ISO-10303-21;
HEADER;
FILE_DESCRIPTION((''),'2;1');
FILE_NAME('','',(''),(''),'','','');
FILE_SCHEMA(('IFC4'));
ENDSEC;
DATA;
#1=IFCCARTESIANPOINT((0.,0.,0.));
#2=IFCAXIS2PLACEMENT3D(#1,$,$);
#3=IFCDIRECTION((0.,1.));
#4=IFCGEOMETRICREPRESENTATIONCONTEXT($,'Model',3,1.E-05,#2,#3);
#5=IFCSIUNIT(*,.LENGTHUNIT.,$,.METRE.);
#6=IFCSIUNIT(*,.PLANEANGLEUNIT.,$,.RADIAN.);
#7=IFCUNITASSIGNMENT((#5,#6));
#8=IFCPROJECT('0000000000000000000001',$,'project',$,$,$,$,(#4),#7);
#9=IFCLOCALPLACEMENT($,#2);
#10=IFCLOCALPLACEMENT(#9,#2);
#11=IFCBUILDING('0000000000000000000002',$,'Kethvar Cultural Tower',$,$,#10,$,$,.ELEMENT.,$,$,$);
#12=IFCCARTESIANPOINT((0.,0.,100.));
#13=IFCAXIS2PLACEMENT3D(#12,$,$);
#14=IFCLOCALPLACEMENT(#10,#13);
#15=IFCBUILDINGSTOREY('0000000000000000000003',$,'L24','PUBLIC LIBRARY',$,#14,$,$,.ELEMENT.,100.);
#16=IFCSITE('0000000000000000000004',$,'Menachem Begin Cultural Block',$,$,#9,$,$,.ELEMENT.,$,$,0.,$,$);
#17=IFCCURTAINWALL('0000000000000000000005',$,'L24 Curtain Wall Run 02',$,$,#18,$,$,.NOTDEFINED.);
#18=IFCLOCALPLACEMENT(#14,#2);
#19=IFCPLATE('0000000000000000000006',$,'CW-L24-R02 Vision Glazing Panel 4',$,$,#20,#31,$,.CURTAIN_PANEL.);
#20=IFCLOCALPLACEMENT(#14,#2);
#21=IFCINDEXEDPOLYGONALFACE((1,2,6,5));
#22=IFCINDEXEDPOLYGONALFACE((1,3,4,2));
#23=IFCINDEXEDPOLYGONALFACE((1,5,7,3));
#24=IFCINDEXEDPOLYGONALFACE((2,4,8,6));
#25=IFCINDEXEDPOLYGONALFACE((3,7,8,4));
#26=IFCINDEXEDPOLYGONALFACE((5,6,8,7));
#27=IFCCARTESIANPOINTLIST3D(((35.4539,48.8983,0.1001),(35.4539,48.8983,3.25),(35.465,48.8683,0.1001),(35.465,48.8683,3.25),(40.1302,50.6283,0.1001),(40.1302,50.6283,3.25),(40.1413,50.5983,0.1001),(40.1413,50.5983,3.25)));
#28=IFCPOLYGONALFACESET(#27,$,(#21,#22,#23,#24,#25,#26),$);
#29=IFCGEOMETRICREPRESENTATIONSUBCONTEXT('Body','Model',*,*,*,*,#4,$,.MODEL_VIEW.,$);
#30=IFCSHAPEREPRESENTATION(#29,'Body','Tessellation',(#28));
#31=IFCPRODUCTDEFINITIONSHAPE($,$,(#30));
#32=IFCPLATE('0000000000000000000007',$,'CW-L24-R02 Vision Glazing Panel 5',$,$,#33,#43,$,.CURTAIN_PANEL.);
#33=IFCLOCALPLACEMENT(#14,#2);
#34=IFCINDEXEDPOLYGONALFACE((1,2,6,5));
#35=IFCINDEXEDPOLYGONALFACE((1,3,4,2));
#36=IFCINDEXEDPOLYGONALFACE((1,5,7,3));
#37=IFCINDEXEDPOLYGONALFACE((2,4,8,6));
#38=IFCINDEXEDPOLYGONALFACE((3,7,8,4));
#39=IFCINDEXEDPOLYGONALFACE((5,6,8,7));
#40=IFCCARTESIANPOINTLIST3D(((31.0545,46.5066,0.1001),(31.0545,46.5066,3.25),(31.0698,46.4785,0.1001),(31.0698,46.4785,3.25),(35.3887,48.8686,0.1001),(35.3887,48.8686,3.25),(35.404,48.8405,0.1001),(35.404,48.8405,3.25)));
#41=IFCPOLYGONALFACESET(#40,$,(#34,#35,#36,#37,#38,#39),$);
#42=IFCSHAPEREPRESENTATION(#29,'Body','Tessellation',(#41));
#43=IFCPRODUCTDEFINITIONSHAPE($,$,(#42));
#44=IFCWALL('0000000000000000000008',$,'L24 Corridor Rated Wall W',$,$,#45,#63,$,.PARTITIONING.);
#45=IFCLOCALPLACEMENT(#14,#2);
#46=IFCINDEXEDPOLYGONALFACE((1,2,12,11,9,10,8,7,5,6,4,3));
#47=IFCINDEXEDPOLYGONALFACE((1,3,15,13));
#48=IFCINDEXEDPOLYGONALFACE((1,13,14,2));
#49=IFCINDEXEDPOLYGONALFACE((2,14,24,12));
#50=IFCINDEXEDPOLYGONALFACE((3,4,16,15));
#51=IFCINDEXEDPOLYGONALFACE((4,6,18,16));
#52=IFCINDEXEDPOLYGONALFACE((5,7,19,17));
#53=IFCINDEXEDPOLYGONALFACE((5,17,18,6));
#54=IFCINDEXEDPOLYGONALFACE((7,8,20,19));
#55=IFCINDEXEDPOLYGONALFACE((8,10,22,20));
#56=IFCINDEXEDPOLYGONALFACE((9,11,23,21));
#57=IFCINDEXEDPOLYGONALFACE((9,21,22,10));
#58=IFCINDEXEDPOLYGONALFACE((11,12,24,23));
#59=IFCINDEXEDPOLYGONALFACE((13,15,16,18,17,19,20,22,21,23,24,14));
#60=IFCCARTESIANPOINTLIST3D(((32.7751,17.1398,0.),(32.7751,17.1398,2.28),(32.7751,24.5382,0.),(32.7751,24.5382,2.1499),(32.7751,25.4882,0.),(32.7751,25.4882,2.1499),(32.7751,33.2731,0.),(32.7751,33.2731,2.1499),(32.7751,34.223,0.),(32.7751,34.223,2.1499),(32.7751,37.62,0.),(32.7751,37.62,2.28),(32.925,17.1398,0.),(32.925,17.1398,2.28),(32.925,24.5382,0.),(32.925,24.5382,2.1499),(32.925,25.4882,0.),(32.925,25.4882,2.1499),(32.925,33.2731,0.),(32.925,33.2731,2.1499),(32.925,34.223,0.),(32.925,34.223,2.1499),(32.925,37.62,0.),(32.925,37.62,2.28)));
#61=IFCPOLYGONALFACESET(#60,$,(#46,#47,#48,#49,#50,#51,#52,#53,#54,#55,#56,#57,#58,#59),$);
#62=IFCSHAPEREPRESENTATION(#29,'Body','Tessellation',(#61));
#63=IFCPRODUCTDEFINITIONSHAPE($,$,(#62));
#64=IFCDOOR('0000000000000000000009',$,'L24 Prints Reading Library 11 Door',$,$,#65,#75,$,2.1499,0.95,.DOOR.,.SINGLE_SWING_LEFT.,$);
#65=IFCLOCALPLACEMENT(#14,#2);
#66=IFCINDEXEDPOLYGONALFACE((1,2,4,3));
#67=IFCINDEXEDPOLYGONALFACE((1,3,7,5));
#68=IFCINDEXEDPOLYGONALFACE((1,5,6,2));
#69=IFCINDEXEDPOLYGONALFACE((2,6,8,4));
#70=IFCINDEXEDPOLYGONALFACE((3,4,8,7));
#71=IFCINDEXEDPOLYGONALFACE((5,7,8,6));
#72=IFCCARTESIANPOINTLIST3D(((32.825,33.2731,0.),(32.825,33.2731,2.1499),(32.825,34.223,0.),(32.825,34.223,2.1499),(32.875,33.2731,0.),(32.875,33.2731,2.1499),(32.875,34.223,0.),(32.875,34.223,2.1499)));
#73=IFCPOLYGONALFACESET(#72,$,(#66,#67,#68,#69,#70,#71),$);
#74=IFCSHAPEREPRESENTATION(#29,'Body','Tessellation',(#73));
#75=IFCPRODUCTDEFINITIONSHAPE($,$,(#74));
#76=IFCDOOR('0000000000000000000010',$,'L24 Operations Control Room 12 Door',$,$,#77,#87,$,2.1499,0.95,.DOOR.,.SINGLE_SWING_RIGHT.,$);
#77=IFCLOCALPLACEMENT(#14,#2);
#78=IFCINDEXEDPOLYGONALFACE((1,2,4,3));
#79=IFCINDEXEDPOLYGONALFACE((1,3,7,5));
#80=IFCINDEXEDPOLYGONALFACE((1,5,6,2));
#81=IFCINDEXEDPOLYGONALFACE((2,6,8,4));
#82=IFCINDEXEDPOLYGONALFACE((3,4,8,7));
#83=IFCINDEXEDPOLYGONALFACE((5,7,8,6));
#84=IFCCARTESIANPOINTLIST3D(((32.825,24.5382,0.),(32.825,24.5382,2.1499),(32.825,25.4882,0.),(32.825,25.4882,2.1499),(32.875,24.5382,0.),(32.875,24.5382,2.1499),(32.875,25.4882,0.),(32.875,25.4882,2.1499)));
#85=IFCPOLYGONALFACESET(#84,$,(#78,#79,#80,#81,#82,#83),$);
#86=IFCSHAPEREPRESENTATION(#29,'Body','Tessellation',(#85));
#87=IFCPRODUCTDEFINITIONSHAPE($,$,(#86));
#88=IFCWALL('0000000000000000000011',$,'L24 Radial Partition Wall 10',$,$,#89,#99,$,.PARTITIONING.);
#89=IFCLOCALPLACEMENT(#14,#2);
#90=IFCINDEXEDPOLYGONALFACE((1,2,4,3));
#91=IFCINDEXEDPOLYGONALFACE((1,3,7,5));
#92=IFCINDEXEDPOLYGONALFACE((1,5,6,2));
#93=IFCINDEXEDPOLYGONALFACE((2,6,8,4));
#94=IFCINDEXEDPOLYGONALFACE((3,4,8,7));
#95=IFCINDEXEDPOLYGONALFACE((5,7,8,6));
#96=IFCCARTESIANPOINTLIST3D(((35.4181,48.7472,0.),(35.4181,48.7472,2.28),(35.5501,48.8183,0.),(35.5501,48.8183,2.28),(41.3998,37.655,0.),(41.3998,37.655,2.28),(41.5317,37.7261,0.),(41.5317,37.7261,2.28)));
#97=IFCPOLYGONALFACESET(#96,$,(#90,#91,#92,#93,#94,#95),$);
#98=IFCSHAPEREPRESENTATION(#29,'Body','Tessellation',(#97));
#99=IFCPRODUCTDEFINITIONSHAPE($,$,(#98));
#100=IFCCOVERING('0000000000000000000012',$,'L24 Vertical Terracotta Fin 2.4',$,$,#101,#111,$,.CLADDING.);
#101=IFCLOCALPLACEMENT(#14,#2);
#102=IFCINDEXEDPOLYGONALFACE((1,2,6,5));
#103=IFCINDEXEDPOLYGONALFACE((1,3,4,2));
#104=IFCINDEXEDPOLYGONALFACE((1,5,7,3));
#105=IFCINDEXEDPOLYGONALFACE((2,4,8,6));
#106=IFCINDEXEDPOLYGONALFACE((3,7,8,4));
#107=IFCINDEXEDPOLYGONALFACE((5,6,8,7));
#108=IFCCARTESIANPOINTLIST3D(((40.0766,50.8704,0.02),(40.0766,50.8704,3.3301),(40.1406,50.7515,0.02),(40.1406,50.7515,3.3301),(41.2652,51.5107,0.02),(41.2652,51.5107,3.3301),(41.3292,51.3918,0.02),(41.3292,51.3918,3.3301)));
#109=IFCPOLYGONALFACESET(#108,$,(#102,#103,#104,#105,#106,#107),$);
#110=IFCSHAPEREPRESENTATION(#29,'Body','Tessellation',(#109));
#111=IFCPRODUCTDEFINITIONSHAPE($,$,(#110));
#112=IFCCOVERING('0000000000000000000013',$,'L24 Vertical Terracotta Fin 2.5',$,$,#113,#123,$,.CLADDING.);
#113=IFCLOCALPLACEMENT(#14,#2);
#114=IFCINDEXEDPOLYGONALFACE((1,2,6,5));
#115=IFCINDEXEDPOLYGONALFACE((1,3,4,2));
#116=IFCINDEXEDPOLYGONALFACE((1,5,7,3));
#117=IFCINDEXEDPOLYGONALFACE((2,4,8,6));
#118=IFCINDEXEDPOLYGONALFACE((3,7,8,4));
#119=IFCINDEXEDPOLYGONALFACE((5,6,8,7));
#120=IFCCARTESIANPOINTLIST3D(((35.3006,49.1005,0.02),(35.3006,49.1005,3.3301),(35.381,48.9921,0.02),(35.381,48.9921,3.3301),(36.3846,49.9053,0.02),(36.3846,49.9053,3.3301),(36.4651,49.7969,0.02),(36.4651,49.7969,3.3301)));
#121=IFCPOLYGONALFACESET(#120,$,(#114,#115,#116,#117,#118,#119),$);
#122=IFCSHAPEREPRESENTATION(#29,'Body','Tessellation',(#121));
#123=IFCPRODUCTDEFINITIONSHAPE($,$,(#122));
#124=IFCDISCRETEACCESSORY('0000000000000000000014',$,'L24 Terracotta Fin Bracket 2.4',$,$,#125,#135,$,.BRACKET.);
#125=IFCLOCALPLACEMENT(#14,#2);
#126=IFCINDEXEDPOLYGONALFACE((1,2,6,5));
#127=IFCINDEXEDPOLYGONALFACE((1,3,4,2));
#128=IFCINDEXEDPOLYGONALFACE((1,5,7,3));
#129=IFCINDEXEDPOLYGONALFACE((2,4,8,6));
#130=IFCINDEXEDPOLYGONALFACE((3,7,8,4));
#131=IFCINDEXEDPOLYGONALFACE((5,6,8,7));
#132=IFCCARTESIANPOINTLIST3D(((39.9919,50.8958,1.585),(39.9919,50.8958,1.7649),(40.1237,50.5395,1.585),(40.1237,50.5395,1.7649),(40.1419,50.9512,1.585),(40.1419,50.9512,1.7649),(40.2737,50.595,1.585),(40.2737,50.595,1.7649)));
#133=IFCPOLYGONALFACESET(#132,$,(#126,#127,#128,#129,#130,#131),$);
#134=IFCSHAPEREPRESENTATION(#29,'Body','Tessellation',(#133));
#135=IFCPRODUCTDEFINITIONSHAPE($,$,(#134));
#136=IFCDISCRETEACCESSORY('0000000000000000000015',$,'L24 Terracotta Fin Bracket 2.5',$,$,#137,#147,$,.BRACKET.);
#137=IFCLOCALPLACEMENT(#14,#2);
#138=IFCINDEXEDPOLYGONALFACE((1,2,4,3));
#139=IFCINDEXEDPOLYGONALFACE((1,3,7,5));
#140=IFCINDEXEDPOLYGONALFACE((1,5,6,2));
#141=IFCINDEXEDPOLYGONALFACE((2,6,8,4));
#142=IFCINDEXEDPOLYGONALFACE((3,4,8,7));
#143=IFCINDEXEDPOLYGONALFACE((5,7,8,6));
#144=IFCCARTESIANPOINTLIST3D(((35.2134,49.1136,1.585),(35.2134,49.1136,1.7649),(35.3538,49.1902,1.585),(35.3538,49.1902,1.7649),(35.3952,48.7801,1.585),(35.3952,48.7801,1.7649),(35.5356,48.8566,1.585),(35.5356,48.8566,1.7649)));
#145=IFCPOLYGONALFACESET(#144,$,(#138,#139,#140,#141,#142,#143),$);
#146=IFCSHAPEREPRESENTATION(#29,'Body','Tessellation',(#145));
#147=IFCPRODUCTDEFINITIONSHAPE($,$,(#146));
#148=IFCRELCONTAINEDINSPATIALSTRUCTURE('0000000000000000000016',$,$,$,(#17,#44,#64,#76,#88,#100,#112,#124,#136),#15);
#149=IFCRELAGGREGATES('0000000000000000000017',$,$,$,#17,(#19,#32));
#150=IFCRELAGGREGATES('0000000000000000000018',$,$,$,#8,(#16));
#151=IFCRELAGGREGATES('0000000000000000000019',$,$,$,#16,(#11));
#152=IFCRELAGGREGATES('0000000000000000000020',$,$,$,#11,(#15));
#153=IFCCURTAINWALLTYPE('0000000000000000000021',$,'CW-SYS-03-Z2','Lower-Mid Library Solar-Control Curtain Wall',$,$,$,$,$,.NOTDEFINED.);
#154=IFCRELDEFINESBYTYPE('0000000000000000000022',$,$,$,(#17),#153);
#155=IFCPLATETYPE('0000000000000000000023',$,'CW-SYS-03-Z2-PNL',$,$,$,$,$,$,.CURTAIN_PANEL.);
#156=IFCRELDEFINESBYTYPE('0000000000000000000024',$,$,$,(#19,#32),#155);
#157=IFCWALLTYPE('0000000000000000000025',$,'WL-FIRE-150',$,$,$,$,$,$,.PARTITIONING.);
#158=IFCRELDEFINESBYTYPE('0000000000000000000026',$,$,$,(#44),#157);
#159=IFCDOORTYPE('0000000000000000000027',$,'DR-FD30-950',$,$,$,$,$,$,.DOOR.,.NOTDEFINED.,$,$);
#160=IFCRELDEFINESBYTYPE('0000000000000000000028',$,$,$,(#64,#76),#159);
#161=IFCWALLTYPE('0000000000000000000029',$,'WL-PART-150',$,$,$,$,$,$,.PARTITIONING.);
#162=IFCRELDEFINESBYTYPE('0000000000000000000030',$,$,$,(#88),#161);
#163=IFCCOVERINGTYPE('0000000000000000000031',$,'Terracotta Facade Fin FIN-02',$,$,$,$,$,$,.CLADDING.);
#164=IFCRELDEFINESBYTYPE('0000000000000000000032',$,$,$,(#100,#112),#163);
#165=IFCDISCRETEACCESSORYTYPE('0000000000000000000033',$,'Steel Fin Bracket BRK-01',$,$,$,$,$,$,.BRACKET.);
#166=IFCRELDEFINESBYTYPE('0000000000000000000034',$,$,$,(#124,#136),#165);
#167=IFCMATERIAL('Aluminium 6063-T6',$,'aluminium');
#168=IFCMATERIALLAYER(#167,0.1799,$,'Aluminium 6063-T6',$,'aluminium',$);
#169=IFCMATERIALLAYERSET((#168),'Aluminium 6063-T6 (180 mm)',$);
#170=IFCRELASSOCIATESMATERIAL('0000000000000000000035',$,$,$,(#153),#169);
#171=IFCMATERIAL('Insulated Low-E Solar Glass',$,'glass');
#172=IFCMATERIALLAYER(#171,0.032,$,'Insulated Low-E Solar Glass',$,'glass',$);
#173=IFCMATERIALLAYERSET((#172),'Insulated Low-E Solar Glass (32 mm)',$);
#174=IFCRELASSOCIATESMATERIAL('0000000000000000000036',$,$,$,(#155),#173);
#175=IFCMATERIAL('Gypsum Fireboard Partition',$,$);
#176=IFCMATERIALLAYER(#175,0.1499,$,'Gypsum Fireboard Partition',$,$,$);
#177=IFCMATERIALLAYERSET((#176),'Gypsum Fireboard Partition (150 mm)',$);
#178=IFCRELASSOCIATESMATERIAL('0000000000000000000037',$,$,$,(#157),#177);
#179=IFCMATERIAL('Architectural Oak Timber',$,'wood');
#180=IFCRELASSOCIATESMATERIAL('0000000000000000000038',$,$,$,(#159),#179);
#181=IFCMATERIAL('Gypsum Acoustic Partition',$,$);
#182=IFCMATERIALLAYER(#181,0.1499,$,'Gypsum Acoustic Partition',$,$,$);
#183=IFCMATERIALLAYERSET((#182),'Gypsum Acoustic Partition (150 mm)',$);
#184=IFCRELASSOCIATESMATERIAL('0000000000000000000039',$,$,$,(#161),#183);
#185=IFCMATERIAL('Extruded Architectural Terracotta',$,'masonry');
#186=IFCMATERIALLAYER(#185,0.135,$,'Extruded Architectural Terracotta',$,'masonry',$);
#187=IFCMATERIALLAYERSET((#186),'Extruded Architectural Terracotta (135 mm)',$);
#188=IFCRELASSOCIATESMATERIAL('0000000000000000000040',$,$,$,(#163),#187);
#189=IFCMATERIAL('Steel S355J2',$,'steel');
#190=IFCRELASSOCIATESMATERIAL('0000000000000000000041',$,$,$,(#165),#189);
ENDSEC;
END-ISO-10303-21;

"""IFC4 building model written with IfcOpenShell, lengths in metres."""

from ifc_helpers import new_model, si_unit, direction, frame, frame_2d, origin, origin_2d, place, context, subcontext, project, spatial, rectangle, extrude, source, transform, mapped, material, layer, layer_set, type_object, element, fill, aggregate, save


model = new_model("IFC4")

# Units and contexts
model_context = context("Model", 3, precision=1e-05, world=origin(), true_north=direction((0.0, 1.0)))
body_context = subcontext(model_context, "Body", "Model", "MODEL_VIEW")
ifc_project = project(units=[si_unit("LENGTHUNIT", "METRE"), si_unit("PLANEANGLEUNIT", "RADIAN")], contexts=[model_context])

# Site, building, storey
site_placement = place(None, origin())
site = spatial("IfcSite", under=ifc_project, at=site_placement, Name="Menachem Begin Cultural Block", CompositionType="ELEMENT", RefElevation=0.0)
building_placement = place(site_placement, origin())
building = spatial("IfcBuilding", under=site, at=building_placement, Name="Kethvar Cultural Tower", CompositionType="ELEMENT")
storey_placement = place(building_placement, frame((0.0, 0.0, 100.0)))
storey = spatial("IfcBuildingStorey", under=building, at=storey_placement, Name="L24", Description="PUBLIC LIBRARY", CompositionType="ELEMENT", Elevation=100.0)

# Shared definitions
ifc_material_1 = material(Name="Steel S355J2", Category="steel")

# Curtain wall, plates
ifc_material_2 = material(Name="Aluminium 6063-T6", Category="aluminium")
ifc_layer_1 = layer(ifc_material_2, 0.1799, Name="Aluminium 6063-T6", Category="aluminium")
ifc_layer_set_1 = layer_set([ifc_layer_1], Name="Aluminium 6063-T6 (180 mm)")
curtain_wall_type = type_object("IfcCurtainWallType", Name="CW-SYS-03-Z2", Description="Lower-Mid Library Solar-Control Curtain Wall", PredefinedType="NOTDEFINED", material=ifc_layer_set_1)
curtain_wall_placement = place(storey_placement, origin())
curtain_wall = element("IfcCurtainWall", 1, at=curtain_wall_placement, inside=storey, type_object=curtain_wall_type, Name="L24 Curtain Wall Run 02", PredefinedType="NOTDEFINED")
ifc_material_3 = material(Name="Insulated Low-E Solar Glass", Category="glass")
ifc_layer_2 = layer(ifc_material_3, 0.032, Name="Insulated Low-E Solar Glass", Category="glass")
ifc_layer_set_2 = layer_set([ifc_layer_2], Name="Insulated Low-E Solar Glass (32 mm)")
plate_type = type_object("IfcPlateType", Name="CW-SYS-03-Z2-PNL", PredefinedType="CURTAIN_PANEL", material=ifc_layer_set_2)
shared_shape_1 = source(origin(), body_context, "Body", "SweptSolid", [
    extrude(rectangle(XDim=4.9861, YDim=0.032, at=origin_2d()), origin(), (0.0, 0.0, 1.0), 3.1499),
])
plate_1_placement = place(storey_placement, frame((37.7976, 49.7483, 0.1001), z_axis=(0.0, 0.0, 1.0), x_axis=(-0.937877, -0.346968, 0.0)))
plate_1 = element("IfcPlate", 2, at=plate_1_placement, type_object=plate_type, Name="CW-L24-R02 Vision Glazing Panel 4", PredefinedType="CURTAIN_PANEL", context=body_context, shape_type="MappedRepresentation", body=[
    mapped(shared_shape_1, transform((0.0, 0.0, 0.0), scale=1.0)),
])
shared_shape_2 = source(origin(), body_context, "Body", "SweptSolid", [
    extrude(rectangle(XDim=4.936, YDim=0.032, at=origin_2d()), origin(), (0.0, 0.0, 1.0), 3.1499),
])
plate_2_placement = place(storey_placement, frame((33.2292, 47.6736, 0.1001), z_axis=(0.0, 0.0, 1.0), x_axis=(-0.878075, -0.478523, 0.0)))
plate_2 = element("IfcPlate", 3, at=plate_2_placement, type_object=plate_type, Name="CW-L24-R02 Vision Glazing Panel 5", PredefinedType="CURTAIN_PANEL", context=body_context, shape_type="MappedRepresentation", body=[
    mapped(shared_shape_2, transform((0.0, 0.0, 0.0), scale=1.0)),
])
aggregate(curtain_wall, [plate_1, plate_2])

# Wall, openings, doors
ifc_material_4 = material(Name="Gypsum Fireboard Partition")
ifc_layer_3 = layer(ifc_material_4, 0.1499, Name="Gypsum Fireboard Partition")
ifc_layer_set_3 = layer_set([ifc_layer_3], Name="Gypsum Fireboard Partition (150 mm)")
wall_type_1 = type_object("IfcWallType", Name="WL-FIRE-150", PredefinedType="PARTITIONING", material=ifc_layer_set_3)
wall_1_placement = place(storey_placement, frame((32.8501, 37.6201, 0.0), z_axis=(0.0, 0.0, 1.0), x_axis=(0.0, -1.0, 0.0)))
wall_1 = element("IfcWall", 4, at=wall_1_placement, inside=storey, type_object=wall_type_1, Name="L24 Corridor Rated Wall W", PredefinedType="PARTITIONING", context=body_context, shape_type="SweptSolid", body=[
    extrude(rectangle(XDim=20.4802, YDim=0.1499, at=frame_2d((10.2402, 0.0))), origin(), (0.0, 0.0, 1.0), 2.28),
])
opening_1_placement = place(wall_1_placement, frame((3.397, 0.0, 0.0)))
opening_1 = element("IfcOpeningElement", 5, at=opening_1_placement, cuts=wall_1, PredefinedType="OPENING", context=body_context, shape_type="SweptSolid", body=[
    extrude(rectangle(XDim=0.95, YDim=2.1499, at=frame_2d((0.4751, 1.075))), frame((0.0, 0.085, 0.0), z_axis=(0.0, -1.0, 0.0), x_axis=(1.0, 0.0, 0.0)), (0.0, 0.0, 1.0), 0.1699),
])
opening_2_placement = place(wall_1_placement, frame((12.1318, 0.0, 0.0)))
opening_2 = element("IfcOpeningElement", 6, at=opening_2_placement, cuts=wall_1, PredefinedType="OPENING", context=body_context, shape_type="SweptSolid", body=[
    extrude(rectangle(XDim=0.95, YDim=2.1499, at=frame_2d((0.4751, 1.075))), frame((0.0, 0.085, 0.0), z_axis=(0.0, -1.0, 0.0), x_axis=(1.0, 0.0, 0.0)), (0.0, 0.0, 1.0), 0.1699),
])
ifc_material_5 = material(Name="Architectural Oak Timber", Category="wood")
door_type = type_object("IfcDoorType", Name="DR-FD30-950", OperationType="NOTDEFINED", PredefinedType="DOOR", material=ifc_material_5)
shared_shape_3 = source(origin(), body_context, "Body", "SweptSolid", [
    extrude(rectangle(XDim=0.95, YDim=2.1499, at=frame_2d((0.4751, 1.075))), frame((0.0, 0.0249, 0.0), z_axis=(0.0, -1.0, 0.0), x_axis=(1.0, 0.0, 0.0)), (0.0, 0.0, 1.0), 0.05),
])
door_1_placement = place(opening_1_placement, origin())
door_1 = element("IfcDoor", 7, at=door_1_placement, inside=storey, type_object=door_type, Name="L24 Prints Reading Library 11 Door", OperationType="SINGLE_SWING_LEFT", OverallHeight=2.1499, OverallWidth=0.95, PredefinedType="DOOR", context=body_context, shape_type="MappedRepresentation", body=[
    mapped(shared_shape_3, transform((0.0, 0.0, 0.0), scale=1.0)),
])
fill(opening_1, door_1)
door_2_placement = place(opening_2_placement, origin())
door_2 = element("IfcDoor", 8, at=door_2_placement, inside=storey, type_object=door_type, Name="L24 Operations Control Room 12 Door", OperationType="SINGLE_SWING_RIGHT", OverallHeight=2.1499, OverallWidth=0.95, PredefinedType="DOOR", context=body_context, shape_type="MappedRepresentation", body=[
    mapped(shared_shape_3, transform((0.0, 0.0, 0.0), scale=1.0)),
])
fill(opening_2, door_2)

# Wall
ifc_material_6 = material(Name="Gypsum Acoustic Partition")
ifc_layer_4 = layer(ifc_material_6, 0.1499, Name="Gypsum Acoustic Partition")
ifc_layer_set_4 = layer_set([ifc_layer_4], Name="Gypsum Acoustic Partition (150 mm)")
wall_type_2 = type_object("IfcWallType", Name="WL-PART-150", PredefinedType="PARTITIONING", material=ifc_layer_set_4)
wall_2_placement = place(storey_placement, frame((41.4658, 37.6904, 0.0), z_axis=(0.0, 0.0, 1.0), x_axis=(-0.474648, 0.880175, 0.0)))
element("IfcWall", 9, at=wall_2_placement, inside=storey, type_object=wall_type_2, Name="L24 Radial Partition Wall 10", PredefinedType="PARTITIONING", context=body_context, shape_type="SweptSolid", body=[
    extrude(rectangle(XDim=12.6023, YDim=0.1499, at=frame_2d((6.3013, 0.0))), origin(), (0.0, 0.0, 1.0), 2.28),
])

# Coverings
ifc_material_7 = material(Name="Extruded Architectural Terracotta", Category="masonry")
ifc_layer_5 = layer(ifc_material_7, 0.135, Name="Extruded Architectural Terracotta", Category="masonry")
ifc_layer_set_5 = layer_set([ifc_layer_5], Name="Extruded Architectural Terracotta (135 mm)")
covering_type = type_object("IfcCoveringType", Name="Terracotta Facade Fin FIN-02", PredefinedType="CLADDING", material=ifc_layer_set_5)
shared_shape_4 = source(origin(), body_context, "Body", "SweptSolid", [
    extrude(rectangle(XDim=1.3501, YDim=0.135, at=origin_2d()), origin(), (0.0, 0.0, 1.0), 3.3101),
])
for number, where, z_axis, x_axis, name in (
    (10, (40.7029, 51.1311, 0.02), (0.0, 0.0, 1.0), (0.880395, 0.474242, 0.0), "L24 Vertical Terracotta Fin 2.4"),
    (11, (35.8828, 49.4487, 0.02), (0.0, 0.0, 1.0), (0.802922, 0.596085, 0.0), "L24 Vertical Terracotta Fin 2.5"),
):
    element("IfcCovering", number, at=place(storey_placement, frame(where, z_axis=z_axis, x_axis=x_axis)), inside=storey, type_object=covering_type, Name=name, PredefinedType="CLADDING", context=body_context, shape_type="MappedRepresentation", body=[
        mapped(shared_shape_4, transform((0.0, 0.0, 0.0), scale=1.0)),
    ])

# Discrete accessories
discrete_accessory_type = type_object("IfcDiscreteAccessoryType", Name="Steel Fin Bracket BRK-01", PredefinedType="BRACKET", material=ifc_material_1)
shared_shape_5 = source(origin(), body_context, "Body", "SweptSolid", [
    extrude(rectangle(XDim=0.3799, YDim=0.1599, at=origin_2d()), origin(), (0.0, 0.0, 1.0), 0.1799),
])
for number, where, z_axis, x_axis, name in (
    (12, (40.1328, 50.7454, 1.585), (0.0, 0.0, 1.0), (-0.346936, 0.937889, 0.0), "L24 Terracotta Fin Bracket 2.4"),
    (13, (35.3745, 48.9851, 1.585), (0.0, 0.0, 1.0), (-0.478539, 0.878067, 0.0), "L24 Terracotta Fin Bracket 2.5"),
):
    element("IfcDiscreteAccessory", number, at=place(storey_placement, frame(where, z_axis=z_axis, x_axis=x_axis)), inside=storey, type_object=discrete_accessory_type, Name=name, PredefinedType="BRACKET", context=body_context, shape_type="MappedRepresentation", body=[
        mapped(shared_shape_5, transform((0.0, 0.0, 0.0), scale=1.0)),
    ])

save(model, "model.ifc")
